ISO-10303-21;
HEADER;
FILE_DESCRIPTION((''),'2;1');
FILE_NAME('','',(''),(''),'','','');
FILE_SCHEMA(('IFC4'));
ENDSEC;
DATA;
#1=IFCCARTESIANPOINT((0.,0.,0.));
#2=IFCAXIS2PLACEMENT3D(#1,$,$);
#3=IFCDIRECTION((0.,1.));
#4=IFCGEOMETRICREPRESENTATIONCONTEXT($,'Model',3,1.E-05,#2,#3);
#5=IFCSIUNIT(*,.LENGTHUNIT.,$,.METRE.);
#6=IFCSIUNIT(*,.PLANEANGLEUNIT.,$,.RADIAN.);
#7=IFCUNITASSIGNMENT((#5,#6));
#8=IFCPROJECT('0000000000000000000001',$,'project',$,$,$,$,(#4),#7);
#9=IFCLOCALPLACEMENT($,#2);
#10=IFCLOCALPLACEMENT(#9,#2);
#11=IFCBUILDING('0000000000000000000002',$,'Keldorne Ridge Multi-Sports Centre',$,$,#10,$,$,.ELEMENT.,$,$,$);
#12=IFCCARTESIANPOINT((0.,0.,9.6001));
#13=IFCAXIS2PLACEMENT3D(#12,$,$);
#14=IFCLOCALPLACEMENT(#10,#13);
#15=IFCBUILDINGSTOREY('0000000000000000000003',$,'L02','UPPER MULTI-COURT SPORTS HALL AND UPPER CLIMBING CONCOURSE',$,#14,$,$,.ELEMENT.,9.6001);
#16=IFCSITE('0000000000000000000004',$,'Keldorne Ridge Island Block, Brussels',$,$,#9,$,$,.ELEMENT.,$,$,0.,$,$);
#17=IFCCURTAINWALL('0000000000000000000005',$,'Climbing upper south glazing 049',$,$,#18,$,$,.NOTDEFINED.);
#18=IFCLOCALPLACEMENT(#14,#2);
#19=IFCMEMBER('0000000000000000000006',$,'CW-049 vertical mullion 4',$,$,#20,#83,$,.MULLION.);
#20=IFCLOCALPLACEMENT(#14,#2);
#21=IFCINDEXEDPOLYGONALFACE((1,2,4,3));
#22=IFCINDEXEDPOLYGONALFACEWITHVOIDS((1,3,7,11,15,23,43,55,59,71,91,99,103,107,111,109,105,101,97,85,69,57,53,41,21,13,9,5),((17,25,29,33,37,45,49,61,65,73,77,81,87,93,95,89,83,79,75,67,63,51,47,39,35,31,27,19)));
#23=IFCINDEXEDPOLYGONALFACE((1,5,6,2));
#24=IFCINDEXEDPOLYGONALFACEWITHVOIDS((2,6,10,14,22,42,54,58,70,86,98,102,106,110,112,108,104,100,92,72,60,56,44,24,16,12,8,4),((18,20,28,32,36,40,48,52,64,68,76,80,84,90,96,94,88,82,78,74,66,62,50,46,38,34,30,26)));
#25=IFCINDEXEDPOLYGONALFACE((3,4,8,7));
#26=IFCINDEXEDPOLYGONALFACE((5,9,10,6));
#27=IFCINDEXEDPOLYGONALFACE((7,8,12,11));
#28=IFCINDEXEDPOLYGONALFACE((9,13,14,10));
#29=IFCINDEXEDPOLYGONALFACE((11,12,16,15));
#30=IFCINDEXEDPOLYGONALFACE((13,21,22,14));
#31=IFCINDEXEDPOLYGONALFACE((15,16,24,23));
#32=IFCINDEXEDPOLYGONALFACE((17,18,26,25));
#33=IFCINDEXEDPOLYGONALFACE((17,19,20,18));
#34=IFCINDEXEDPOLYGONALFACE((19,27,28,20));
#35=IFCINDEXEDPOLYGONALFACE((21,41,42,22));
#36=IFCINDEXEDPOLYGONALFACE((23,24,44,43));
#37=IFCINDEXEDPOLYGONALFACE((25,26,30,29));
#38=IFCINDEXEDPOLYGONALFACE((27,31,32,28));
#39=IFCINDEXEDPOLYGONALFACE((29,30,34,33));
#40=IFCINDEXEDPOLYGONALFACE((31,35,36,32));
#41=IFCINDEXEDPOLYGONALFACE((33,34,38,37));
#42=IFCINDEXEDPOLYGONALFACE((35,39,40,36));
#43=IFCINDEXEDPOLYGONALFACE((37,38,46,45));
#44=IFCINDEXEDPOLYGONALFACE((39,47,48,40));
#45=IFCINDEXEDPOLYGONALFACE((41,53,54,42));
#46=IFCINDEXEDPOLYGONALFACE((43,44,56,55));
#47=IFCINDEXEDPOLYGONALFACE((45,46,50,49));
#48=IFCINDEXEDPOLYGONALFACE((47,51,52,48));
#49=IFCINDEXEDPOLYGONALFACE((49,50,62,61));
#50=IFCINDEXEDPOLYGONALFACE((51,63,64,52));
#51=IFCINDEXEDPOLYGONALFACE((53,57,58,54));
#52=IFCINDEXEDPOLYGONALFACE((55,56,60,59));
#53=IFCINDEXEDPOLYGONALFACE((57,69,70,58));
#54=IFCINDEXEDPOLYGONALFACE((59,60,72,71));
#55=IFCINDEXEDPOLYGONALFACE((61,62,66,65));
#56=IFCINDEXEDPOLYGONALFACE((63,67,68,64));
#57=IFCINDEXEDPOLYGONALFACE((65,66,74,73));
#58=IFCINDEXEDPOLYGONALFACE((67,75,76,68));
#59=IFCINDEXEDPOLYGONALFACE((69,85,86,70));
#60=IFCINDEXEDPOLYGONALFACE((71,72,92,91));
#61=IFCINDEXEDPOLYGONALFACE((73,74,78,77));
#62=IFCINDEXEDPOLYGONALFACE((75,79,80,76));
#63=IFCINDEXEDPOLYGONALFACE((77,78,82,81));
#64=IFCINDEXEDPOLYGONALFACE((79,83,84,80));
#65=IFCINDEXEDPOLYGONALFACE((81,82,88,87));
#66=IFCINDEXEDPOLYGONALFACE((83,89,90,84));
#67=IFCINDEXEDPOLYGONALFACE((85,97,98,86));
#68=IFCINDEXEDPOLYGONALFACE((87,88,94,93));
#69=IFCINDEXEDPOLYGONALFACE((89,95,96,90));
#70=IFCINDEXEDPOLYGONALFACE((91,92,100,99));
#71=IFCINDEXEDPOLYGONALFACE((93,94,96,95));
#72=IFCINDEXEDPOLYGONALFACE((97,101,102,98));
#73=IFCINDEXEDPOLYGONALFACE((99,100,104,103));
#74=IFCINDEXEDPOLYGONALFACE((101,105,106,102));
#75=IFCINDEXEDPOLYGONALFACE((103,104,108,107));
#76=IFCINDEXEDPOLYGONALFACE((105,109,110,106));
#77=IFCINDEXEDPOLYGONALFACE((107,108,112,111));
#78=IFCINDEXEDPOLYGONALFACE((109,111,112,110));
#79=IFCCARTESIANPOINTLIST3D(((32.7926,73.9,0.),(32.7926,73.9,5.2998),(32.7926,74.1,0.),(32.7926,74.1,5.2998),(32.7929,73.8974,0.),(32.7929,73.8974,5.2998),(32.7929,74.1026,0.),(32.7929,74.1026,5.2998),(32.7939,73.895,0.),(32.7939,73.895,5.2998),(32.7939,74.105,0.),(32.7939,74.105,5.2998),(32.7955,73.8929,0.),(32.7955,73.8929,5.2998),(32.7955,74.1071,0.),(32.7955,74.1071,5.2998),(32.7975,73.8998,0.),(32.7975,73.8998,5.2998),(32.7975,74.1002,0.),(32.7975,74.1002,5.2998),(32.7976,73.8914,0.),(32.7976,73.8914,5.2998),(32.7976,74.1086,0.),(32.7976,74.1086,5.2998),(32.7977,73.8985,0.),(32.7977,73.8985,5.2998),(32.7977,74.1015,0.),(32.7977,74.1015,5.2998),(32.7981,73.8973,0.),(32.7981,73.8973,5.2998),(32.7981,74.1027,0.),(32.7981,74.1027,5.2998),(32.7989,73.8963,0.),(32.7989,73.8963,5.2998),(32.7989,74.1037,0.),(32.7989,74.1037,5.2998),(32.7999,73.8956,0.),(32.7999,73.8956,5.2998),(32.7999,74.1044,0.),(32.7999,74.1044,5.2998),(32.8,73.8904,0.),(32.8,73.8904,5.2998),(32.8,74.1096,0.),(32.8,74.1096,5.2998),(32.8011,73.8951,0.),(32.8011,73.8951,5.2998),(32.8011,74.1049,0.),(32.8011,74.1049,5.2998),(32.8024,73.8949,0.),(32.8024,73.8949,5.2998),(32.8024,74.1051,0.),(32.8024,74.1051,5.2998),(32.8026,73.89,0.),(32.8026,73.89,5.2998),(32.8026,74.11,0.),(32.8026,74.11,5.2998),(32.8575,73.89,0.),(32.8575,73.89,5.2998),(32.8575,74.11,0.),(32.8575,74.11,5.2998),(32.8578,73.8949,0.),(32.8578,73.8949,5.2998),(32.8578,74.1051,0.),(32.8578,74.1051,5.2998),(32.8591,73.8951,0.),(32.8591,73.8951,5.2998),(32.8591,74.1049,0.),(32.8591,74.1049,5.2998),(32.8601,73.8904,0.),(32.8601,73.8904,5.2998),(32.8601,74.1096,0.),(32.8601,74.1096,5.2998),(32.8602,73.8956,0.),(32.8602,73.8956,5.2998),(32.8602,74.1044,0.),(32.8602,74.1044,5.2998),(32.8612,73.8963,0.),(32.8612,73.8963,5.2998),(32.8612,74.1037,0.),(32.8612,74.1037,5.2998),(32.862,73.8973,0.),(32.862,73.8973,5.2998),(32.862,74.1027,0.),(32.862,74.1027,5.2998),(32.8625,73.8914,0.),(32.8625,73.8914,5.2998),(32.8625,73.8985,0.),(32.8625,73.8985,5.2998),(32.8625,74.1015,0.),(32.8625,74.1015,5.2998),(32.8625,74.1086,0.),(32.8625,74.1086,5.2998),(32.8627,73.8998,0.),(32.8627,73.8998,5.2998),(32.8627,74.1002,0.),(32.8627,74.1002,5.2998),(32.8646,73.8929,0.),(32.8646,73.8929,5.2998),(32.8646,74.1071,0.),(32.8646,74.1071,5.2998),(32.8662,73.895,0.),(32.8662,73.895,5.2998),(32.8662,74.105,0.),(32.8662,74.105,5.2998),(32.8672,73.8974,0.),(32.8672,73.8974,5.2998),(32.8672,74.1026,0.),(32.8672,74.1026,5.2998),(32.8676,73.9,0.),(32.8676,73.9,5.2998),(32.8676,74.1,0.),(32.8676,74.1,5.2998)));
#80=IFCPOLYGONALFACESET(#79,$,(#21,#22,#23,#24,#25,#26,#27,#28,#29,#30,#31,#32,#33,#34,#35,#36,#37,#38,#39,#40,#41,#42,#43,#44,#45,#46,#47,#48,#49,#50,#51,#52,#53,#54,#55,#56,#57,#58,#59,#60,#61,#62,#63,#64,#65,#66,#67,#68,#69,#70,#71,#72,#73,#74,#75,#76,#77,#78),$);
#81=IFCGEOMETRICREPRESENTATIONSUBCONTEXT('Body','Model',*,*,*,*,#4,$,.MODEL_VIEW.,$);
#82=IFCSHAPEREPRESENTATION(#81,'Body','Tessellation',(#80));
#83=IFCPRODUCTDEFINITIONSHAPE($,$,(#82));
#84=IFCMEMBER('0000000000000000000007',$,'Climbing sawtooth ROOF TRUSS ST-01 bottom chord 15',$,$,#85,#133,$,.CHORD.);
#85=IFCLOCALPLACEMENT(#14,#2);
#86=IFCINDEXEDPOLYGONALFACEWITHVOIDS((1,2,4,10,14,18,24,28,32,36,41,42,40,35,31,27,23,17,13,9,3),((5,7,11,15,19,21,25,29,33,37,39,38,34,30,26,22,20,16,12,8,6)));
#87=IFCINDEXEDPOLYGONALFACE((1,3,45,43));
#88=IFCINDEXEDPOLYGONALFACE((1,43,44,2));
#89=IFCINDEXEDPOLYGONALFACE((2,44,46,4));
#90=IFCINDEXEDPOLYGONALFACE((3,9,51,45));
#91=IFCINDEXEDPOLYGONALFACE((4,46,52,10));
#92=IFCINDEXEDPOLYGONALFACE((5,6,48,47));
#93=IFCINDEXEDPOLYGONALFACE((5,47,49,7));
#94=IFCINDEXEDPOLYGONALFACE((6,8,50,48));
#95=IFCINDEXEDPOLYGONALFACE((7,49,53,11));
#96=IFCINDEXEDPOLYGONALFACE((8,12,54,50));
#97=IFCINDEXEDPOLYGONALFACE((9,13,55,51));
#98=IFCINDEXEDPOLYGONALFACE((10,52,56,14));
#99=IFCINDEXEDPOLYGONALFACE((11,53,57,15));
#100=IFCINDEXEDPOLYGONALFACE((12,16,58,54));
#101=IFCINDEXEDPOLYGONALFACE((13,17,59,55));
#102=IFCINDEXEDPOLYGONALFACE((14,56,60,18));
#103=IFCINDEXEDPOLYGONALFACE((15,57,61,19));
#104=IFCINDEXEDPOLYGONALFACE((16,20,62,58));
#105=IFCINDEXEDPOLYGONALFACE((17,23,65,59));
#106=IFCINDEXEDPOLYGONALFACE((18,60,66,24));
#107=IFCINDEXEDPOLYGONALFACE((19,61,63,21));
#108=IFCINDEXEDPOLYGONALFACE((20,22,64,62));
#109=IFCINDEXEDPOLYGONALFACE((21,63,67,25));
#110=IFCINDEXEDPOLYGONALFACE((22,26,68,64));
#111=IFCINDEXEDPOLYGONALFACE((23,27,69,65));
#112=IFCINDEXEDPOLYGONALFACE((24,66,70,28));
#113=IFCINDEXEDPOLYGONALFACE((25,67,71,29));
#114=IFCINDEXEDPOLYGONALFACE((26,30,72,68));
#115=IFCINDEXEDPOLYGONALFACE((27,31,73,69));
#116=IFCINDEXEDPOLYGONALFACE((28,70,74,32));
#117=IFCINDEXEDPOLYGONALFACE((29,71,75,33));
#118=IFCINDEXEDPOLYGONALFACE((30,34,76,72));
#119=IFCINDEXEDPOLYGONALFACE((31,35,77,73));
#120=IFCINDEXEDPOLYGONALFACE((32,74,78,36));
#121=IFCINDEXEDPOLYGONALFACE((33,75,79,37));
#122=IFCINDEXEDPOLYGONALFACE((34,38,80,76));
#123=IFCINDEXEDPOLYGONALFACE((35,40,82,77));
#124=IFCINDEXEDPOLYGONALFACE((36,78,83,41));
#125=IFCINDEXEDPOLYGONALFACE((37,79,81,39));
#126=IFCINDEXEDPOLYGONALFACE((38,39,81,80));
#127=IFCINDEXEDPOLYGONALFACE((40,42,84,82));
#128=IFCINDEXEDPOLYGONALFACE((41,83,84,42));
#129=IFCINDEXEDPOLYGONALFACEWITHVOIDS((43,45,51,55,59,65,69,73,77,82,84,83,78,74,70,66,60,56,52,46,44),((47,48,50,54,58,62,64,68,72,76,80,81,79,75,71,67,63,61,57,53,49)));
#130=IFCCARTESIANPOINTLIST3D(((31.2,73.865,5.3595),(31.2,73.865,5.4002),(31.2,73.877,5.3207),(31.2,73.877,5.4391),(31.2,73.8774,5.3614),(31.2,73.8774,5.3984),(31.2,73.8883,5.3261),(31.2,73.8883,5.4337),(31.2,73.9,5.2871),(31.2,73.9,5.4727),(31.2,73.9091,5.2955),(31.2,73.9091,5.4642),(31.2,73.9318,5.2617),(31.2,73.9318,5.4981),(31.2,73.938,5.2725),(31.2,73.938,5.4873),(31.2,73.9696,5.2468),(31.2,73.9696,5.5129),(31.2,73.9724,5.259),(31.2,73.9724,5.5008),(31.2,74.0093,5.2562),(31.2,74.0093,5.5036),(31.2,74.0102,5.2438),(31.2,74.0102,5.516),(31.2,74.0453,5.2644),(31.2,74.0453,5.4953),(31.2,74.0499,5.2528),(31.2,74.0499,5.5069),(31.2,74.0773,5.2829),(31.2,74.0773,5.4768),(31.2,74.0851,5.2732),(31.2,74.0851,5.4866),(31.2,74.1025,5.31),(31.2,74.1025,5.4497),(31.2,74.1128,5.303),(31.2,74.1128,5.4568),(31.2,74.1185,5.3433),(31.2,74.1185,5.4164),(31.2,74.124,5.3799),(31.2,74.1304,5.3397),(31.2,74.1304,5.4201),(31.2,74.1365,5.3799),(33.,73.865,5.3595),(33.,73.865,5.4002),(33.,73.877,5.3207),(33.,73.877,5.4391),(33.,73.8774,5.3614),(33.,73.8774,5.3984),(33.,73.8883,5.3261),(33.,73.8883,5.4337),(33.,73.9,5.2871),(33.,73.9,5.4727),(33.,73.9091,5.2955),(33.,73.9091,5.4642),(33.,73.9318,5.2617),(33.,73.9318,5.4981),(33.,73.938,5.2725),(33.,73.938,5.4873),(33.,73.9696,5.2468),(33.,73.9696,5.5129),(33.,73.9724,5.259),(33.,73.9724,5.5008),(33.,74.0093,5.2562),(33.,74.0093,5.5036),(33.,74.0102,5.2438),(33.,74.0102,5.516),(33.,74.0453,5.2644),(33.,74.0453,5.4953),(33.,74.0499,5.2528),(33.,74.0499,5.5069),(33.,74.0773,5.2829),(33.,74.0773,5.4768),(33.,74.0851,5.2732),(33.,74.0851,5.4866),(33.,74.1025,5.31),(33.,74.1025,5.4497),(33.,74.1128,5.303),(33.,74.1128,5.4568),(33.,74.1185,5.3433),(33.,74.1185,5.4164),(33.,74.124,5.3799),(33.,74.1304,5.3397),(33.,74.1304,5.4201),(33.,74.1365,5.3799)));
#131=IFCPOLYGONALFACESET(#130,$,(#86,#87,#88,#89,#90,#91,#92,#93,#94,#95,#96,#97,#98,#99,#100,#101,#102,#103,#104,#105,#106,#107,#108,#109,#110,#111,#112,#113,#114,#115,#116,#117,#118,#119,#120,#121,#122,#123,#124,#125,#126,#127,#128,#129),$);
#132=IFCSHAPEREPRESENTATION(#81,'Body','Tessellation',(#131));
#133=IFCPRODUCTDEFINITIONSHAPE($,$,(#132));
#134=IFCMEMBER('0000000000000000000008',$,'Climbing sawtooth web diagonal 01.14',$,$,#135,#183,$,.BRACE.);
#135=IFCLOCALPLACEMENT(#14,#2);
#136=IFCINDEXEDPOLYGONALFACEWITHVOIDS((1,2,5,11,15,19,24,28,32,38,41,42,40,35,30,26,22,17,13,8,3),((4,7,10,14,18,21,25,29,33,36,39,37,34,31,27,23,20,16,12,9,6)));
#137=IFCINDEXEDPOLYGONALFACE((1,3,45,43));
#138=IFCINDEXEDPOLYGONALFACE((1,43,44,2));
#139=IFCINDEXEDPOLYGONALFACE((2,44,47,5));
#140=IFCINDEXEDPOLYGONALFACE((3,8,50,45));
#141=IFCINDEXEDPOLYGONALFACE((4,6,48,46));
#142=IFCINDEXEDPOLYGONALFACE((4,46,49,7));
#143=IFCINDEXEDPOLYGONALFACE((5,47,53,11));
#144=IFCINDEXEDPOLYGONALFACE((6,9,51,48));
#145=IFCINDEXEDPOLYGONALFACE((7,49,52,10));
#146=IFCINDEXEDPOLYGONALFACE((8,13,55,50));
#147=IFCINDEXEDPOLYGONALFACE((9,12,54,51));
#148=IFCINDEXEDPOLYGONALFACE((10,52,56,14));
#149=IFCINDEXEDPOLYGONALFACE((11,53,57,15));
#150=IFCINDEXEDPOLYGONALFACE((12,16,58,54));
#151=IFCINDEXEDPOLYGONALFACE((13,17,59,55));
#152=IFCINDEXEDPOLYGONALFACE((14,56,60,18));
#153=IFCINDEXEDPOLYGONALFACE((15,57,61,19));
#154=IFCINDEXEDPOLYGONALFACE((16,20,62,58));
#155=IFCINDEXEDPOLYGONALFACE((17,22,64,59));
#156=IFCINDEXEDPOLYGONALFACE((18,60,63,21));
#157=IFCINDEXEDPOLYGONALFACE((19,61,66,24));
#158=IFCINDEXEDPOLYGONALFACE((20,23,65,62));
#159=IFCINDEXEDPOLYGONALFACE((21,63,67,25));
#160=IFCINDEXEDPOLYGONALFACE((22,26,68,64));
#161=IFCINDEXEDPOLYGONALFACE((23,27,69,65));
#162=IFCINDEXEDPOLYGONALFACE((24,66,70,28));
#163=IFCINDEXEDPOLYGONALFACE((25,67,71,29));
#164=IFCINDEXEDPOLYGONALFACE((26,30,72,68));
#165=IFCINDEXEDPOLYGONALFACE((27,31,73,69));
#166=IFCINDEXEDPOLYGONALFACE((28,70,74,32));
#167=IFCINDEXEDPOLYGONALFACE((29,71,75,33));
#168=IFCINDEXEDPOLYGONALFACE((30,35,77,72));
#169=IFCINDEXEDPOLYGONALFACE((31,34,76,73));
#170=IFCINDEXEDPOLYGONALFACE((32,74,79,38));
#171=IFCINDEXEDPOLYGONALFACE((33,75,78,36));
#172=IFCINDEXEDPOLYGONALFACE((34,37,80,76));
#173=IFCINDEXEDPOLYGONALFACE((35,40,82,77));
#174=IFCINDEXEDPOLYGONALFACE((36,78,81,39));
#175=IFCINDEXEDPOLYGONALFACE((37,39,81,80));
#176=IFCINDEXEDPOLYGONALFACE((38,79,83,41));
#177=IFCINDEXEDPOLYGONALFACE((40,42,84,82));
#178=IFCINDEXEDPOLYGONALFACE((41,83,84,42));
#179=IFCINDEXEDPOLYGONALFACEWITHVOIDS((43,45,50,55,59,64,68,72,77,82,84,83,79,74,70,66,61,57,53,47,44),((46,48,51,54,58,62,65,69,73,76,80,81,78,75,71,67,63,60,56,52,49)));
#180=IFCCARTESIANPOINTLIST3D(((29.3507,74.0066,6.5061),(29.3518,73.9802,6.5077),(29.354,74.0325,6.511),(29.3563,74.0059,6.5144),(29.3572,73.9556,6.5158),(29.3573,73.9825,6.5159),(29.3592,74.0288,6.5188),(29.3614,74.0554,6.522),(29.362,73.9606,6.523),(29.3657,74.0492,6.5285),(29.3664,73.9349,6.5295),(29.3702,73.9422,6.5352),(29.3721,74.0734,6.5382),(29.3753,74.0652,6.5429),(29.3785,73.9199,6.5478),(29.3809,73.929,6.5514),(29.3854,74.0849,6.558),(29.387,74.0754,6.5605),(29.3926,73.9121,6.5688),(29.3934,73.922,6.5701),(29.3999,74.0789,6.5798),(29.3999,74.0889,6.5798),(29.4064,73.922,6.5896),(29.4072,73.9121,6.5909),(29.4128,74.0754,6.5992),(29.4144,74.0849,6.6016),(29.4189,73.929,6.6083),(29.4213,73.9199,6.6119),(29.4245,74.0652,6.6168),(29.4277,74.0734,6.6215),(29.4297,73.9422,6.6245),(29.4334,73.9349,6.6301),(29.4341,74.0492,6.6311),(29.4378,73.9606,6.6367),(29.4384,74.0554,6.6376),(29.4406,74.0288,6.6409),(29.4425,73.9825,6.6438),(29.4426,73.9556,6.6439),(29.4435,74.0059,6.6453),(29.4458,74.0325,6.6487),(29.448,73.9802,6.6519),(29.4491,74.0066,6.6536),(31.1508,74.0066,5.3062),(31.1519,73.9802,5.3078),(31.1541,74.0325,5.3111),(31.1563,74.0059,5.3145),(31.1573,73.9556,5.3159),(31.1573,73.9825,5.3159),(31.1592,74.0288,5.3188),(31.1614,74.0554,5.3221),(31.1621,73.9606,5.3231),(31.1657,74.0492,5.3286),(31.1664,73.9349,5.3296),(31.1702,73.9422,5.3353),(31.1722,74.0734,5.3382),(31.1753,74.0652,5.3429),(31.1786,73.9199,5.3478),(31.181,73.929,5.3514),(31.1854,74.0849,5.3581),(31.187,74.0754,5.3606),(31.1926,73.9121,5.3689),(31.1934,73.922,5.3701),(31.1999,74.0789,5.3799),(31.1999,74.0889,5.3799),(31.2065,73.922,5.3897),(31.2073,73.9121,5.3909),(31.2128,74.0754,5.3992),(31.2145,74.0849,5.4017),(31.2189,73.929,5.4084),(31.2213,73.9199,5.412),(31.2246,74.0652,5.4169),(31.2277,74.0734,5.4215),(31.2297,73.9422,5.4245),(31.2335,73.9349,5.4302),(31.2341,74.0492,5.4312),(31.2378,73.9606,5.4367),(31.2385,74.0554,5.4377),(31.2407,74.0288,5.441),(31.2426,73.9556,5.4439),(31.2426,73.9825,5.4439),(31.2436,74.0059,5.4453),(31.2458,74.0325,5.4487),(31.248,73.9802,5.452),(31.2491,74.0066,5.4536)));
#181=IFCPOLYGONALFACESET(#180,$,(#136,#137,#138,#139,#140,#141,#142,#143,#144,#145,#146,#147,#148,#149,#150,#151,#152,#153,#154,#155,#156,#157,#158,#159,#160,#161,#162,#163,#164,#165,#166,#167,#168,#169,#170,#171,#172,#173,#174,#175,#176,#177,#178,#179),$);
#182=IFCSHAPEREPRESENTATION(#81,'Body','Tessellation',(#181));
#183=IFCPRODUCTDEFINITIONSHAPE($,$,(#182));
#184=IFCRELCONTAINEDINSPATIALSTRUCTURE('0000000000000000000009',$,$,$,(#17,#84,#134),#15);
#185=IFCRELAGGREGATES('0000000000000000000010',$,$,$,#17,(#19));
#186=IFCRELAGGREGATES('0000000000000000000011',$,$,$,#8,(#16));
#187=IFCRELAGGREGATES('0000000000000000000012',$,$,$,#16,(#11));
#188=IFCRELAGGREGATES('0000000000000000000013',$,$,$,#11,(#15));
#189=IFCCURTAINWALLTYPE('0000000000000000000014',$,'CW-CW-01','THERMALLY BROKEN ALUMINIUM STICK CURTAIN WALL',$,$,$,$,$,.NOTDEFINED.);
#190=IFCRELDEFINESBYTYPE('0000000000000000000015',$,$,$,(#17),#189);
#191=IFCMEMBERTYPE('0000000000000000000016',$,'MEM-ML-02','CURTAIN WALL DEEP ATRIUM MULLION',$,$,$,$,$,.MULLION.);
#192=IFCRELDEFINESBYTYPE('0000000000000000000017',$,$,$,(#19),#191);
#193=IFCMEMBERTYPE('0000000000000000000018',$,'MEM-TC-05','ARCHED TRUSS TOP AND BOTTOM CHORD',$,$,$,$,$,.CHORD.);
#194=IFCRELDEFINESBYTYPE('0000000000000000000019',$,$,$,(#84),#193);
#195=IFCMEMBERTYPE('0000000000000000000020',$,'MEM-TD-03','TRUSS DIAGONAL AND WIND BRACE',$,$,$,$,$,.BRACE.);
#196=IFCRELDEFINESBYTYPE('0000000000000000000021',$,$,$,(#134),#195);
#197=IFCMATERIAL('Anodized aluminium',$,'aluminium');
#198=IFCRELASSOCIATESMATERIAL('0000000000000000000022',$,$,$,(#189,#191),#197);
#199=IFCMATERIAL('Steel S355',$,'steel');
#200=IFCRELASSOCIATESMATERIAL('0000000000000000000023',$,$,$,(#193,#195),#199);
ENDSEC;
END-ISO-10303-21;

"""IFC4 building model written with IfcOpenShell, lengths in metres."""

from ifc_helpers import new_model, si_unit, direction, frame, origin, origin_2d, place, context, subcontext, project, spatial, hollow_rectangle, hollow_circle, extrude, material, material_profile, profile_set, type_object, element, aggregate, save


model = new_model("IFC4")

# Units and contexts
model_context = context("Model", 3, precision=1e-05, world=origin(), true_north=direction((0.0, 1.0)))
body_context = subcontext(model_context, "Body", "Model", "MODEL_VIEW")
ifc_project = project(units=[si_unit("LENGTHUNIT", "METRE"), si_unit("PLANEANGLEUNIT", "RADIAN")], contexts=[model_context])

# Site, building, storey
site_placement = place(None, origin())
site = spatial("IfcSite", under=ifc_project, at=site_placement, Name="Keldorne Ridge Island Block, Brussels", CompositionType="ELEMENT", RefElevation=0.0)
building_placement = place(site_placement, origin())
building = spatial("IfcBuilding", under=site, at=building_placement, Name="Keldorne Ridge Multi-Sports Centre", CompositionType="ELEMENT")
storey_placement = place(building_placement, frame((0.0, 0.0, 9.6001)))
storey = spatial("IfcBuildingStorey", under=building, at=storey_placement, Name="L02", Description="UPPER MULTI-COURT SPORTS HALL AND UPPER CLIMBING CONCOURSE", CompositionType="ELEMENT", Elevation=9.6001)

# Curtain wall, member
ifc_material_1 = material(Name="Anodized aluminium", Category="aluminium")
curtain_wall_type = type_object("IfcCurtainWallType", Name="CW-CW-01", Description="THERMALLY BROKEN ALUMINIUM STICK CURTAIN WALL", PredefinedType="NOTDEFINED", material=ifc_material_1)
curtain_wall_placement = place(storey_placement, origin())
curtain_wall = element("IfcCurtainWall", 1, at=curtain_wall_placement, inside=storey, type_object=curtain_wall_type, Name="Climbing upper south glazing 049", PredefinedType="NOTDEFINED")
ifc_material_profile_1 = material_profile(ifc_material_1, hollow_rectangle(XDim=0.075, YDim=0.22, WallThickness=0.0049, InnerFilletRadius=0.0049, OuterFilletRadius=0.01, at=origin_2d()), Name="ALU MULLION 220x75x5")
ifc_profile_set_1 = profile_set([ifc_material_profile_1], Name="Anodized aluminium")
member_type_1 = type_object("IfcMemberType", Name="MEM-ML-02", Description="CURTAIN WALL DEEP ATRIUM MULLION", PredefinedType="MULLION", material=ifc_profile_set_1)
member_1_placement = place(storey_placement, frame((32.8301, 74.0, 0.0), z_axis=(0.0, 0.0, 1.0), x_axis=(1.0, 0.0, 0.0)))
member_1 = element("IfcMember", 2, at=member_1_placement, type_object=member_type_1, Name="CW-049 vertical mullion 4", PredefinedType="MULLION", context=body_context, shape_type="SweptSolid", body=[
    extrude(hollow_rectangle(XDim=0.075, YDim=0.22, WallThickness=0.0049, InnerFilletRadius=0.0049, OuterFilletRadius=0.01, at=origin_2d()), origin(), (0.0, 0.0, 1.0), 5.2998),
])

# Members
ifc_material_2 = material(Name="Steel S355", Category="steel")
ifc_material_profile_2 = material_profile(ifc_material_2, hollow_circle(Radius=0.1365, WallThickness=0.0125, at=origin_2d()), Name="CHS 273x12.5")
ifc_profile_set_2 = profile_set([ifc_material_profile_2], Name="Steel S355")
member_type_2 = type_object("IfcMemberType", Name="MEM-TC-05", Description="ARCHED TRUSS TOP AND BOTTOM CHORD", PredefinedType="CHORD", material=ifc_profile_set_2)
member_2_placement = place(storey_placement, frame((31.2, 74.0, 5.3799), z_axis=(1.0, 0.0, 0.0), x_axis=(0.0, 1.0, 0.0)))
element("IfcMember", 3, at=member_2_placement, inside=storey, type_object=member_type_2, Name="Climbing sawtooth ROOF TRUSS ST-01 bottom chord 15", PredefinedType="CHORD", context=body_context, shape_type="SweptSolid", body=[
    extrude(hollow_circle(Radius=0.1365, WallThickness=0.0125, at=origin_2d()), origin(), (0.0, 0.0, 1.0), 1.8),
])
ifc_material_profile_3 = material_profile(ifc_material_2, hollow_circle(Radius=0.0889, WallThickness=0.01, at=origin_2d()), Name="CHS 177.8x10")
ifc_profile_set_3 = profile_set([ifc_material_profile_3], Name="Steel S355")
member_type_3 = type_object("IfcMemberType", Name="MEM-TD-03", Description="TRUSS DIAGONAL AND WIND BRACE", PredefinedType="BRACE", material=ifc_profile_set_3)
for number, where, z_axis, x_axis, name in (
    (4, (29.3999, 74.0, 6.5798), (0.832068, 0.0, -0.554674), (0.0, 1.0, 0.0), "Climbing sawtooth web diagonal 01.14"),
):
    element("IfcMember", number, at=place(storey_placement, frame(where, z_axis=z_axis, x_axis=x_axis)), inside=storey, type_object=member_type_3, Name=name, PredefinedType="BRACE", context=body_context, shape_type="SweptSolid", body=[
        extrude(hollow_circle(Radius=0.0889, WallThickness=0.01, at=origin_2d()), origin(), (0.0, 0.0, 1.0), 2.1633),
    ])

aggregate(curtain_wall, [member_1])

save(model, "model.ifc")
